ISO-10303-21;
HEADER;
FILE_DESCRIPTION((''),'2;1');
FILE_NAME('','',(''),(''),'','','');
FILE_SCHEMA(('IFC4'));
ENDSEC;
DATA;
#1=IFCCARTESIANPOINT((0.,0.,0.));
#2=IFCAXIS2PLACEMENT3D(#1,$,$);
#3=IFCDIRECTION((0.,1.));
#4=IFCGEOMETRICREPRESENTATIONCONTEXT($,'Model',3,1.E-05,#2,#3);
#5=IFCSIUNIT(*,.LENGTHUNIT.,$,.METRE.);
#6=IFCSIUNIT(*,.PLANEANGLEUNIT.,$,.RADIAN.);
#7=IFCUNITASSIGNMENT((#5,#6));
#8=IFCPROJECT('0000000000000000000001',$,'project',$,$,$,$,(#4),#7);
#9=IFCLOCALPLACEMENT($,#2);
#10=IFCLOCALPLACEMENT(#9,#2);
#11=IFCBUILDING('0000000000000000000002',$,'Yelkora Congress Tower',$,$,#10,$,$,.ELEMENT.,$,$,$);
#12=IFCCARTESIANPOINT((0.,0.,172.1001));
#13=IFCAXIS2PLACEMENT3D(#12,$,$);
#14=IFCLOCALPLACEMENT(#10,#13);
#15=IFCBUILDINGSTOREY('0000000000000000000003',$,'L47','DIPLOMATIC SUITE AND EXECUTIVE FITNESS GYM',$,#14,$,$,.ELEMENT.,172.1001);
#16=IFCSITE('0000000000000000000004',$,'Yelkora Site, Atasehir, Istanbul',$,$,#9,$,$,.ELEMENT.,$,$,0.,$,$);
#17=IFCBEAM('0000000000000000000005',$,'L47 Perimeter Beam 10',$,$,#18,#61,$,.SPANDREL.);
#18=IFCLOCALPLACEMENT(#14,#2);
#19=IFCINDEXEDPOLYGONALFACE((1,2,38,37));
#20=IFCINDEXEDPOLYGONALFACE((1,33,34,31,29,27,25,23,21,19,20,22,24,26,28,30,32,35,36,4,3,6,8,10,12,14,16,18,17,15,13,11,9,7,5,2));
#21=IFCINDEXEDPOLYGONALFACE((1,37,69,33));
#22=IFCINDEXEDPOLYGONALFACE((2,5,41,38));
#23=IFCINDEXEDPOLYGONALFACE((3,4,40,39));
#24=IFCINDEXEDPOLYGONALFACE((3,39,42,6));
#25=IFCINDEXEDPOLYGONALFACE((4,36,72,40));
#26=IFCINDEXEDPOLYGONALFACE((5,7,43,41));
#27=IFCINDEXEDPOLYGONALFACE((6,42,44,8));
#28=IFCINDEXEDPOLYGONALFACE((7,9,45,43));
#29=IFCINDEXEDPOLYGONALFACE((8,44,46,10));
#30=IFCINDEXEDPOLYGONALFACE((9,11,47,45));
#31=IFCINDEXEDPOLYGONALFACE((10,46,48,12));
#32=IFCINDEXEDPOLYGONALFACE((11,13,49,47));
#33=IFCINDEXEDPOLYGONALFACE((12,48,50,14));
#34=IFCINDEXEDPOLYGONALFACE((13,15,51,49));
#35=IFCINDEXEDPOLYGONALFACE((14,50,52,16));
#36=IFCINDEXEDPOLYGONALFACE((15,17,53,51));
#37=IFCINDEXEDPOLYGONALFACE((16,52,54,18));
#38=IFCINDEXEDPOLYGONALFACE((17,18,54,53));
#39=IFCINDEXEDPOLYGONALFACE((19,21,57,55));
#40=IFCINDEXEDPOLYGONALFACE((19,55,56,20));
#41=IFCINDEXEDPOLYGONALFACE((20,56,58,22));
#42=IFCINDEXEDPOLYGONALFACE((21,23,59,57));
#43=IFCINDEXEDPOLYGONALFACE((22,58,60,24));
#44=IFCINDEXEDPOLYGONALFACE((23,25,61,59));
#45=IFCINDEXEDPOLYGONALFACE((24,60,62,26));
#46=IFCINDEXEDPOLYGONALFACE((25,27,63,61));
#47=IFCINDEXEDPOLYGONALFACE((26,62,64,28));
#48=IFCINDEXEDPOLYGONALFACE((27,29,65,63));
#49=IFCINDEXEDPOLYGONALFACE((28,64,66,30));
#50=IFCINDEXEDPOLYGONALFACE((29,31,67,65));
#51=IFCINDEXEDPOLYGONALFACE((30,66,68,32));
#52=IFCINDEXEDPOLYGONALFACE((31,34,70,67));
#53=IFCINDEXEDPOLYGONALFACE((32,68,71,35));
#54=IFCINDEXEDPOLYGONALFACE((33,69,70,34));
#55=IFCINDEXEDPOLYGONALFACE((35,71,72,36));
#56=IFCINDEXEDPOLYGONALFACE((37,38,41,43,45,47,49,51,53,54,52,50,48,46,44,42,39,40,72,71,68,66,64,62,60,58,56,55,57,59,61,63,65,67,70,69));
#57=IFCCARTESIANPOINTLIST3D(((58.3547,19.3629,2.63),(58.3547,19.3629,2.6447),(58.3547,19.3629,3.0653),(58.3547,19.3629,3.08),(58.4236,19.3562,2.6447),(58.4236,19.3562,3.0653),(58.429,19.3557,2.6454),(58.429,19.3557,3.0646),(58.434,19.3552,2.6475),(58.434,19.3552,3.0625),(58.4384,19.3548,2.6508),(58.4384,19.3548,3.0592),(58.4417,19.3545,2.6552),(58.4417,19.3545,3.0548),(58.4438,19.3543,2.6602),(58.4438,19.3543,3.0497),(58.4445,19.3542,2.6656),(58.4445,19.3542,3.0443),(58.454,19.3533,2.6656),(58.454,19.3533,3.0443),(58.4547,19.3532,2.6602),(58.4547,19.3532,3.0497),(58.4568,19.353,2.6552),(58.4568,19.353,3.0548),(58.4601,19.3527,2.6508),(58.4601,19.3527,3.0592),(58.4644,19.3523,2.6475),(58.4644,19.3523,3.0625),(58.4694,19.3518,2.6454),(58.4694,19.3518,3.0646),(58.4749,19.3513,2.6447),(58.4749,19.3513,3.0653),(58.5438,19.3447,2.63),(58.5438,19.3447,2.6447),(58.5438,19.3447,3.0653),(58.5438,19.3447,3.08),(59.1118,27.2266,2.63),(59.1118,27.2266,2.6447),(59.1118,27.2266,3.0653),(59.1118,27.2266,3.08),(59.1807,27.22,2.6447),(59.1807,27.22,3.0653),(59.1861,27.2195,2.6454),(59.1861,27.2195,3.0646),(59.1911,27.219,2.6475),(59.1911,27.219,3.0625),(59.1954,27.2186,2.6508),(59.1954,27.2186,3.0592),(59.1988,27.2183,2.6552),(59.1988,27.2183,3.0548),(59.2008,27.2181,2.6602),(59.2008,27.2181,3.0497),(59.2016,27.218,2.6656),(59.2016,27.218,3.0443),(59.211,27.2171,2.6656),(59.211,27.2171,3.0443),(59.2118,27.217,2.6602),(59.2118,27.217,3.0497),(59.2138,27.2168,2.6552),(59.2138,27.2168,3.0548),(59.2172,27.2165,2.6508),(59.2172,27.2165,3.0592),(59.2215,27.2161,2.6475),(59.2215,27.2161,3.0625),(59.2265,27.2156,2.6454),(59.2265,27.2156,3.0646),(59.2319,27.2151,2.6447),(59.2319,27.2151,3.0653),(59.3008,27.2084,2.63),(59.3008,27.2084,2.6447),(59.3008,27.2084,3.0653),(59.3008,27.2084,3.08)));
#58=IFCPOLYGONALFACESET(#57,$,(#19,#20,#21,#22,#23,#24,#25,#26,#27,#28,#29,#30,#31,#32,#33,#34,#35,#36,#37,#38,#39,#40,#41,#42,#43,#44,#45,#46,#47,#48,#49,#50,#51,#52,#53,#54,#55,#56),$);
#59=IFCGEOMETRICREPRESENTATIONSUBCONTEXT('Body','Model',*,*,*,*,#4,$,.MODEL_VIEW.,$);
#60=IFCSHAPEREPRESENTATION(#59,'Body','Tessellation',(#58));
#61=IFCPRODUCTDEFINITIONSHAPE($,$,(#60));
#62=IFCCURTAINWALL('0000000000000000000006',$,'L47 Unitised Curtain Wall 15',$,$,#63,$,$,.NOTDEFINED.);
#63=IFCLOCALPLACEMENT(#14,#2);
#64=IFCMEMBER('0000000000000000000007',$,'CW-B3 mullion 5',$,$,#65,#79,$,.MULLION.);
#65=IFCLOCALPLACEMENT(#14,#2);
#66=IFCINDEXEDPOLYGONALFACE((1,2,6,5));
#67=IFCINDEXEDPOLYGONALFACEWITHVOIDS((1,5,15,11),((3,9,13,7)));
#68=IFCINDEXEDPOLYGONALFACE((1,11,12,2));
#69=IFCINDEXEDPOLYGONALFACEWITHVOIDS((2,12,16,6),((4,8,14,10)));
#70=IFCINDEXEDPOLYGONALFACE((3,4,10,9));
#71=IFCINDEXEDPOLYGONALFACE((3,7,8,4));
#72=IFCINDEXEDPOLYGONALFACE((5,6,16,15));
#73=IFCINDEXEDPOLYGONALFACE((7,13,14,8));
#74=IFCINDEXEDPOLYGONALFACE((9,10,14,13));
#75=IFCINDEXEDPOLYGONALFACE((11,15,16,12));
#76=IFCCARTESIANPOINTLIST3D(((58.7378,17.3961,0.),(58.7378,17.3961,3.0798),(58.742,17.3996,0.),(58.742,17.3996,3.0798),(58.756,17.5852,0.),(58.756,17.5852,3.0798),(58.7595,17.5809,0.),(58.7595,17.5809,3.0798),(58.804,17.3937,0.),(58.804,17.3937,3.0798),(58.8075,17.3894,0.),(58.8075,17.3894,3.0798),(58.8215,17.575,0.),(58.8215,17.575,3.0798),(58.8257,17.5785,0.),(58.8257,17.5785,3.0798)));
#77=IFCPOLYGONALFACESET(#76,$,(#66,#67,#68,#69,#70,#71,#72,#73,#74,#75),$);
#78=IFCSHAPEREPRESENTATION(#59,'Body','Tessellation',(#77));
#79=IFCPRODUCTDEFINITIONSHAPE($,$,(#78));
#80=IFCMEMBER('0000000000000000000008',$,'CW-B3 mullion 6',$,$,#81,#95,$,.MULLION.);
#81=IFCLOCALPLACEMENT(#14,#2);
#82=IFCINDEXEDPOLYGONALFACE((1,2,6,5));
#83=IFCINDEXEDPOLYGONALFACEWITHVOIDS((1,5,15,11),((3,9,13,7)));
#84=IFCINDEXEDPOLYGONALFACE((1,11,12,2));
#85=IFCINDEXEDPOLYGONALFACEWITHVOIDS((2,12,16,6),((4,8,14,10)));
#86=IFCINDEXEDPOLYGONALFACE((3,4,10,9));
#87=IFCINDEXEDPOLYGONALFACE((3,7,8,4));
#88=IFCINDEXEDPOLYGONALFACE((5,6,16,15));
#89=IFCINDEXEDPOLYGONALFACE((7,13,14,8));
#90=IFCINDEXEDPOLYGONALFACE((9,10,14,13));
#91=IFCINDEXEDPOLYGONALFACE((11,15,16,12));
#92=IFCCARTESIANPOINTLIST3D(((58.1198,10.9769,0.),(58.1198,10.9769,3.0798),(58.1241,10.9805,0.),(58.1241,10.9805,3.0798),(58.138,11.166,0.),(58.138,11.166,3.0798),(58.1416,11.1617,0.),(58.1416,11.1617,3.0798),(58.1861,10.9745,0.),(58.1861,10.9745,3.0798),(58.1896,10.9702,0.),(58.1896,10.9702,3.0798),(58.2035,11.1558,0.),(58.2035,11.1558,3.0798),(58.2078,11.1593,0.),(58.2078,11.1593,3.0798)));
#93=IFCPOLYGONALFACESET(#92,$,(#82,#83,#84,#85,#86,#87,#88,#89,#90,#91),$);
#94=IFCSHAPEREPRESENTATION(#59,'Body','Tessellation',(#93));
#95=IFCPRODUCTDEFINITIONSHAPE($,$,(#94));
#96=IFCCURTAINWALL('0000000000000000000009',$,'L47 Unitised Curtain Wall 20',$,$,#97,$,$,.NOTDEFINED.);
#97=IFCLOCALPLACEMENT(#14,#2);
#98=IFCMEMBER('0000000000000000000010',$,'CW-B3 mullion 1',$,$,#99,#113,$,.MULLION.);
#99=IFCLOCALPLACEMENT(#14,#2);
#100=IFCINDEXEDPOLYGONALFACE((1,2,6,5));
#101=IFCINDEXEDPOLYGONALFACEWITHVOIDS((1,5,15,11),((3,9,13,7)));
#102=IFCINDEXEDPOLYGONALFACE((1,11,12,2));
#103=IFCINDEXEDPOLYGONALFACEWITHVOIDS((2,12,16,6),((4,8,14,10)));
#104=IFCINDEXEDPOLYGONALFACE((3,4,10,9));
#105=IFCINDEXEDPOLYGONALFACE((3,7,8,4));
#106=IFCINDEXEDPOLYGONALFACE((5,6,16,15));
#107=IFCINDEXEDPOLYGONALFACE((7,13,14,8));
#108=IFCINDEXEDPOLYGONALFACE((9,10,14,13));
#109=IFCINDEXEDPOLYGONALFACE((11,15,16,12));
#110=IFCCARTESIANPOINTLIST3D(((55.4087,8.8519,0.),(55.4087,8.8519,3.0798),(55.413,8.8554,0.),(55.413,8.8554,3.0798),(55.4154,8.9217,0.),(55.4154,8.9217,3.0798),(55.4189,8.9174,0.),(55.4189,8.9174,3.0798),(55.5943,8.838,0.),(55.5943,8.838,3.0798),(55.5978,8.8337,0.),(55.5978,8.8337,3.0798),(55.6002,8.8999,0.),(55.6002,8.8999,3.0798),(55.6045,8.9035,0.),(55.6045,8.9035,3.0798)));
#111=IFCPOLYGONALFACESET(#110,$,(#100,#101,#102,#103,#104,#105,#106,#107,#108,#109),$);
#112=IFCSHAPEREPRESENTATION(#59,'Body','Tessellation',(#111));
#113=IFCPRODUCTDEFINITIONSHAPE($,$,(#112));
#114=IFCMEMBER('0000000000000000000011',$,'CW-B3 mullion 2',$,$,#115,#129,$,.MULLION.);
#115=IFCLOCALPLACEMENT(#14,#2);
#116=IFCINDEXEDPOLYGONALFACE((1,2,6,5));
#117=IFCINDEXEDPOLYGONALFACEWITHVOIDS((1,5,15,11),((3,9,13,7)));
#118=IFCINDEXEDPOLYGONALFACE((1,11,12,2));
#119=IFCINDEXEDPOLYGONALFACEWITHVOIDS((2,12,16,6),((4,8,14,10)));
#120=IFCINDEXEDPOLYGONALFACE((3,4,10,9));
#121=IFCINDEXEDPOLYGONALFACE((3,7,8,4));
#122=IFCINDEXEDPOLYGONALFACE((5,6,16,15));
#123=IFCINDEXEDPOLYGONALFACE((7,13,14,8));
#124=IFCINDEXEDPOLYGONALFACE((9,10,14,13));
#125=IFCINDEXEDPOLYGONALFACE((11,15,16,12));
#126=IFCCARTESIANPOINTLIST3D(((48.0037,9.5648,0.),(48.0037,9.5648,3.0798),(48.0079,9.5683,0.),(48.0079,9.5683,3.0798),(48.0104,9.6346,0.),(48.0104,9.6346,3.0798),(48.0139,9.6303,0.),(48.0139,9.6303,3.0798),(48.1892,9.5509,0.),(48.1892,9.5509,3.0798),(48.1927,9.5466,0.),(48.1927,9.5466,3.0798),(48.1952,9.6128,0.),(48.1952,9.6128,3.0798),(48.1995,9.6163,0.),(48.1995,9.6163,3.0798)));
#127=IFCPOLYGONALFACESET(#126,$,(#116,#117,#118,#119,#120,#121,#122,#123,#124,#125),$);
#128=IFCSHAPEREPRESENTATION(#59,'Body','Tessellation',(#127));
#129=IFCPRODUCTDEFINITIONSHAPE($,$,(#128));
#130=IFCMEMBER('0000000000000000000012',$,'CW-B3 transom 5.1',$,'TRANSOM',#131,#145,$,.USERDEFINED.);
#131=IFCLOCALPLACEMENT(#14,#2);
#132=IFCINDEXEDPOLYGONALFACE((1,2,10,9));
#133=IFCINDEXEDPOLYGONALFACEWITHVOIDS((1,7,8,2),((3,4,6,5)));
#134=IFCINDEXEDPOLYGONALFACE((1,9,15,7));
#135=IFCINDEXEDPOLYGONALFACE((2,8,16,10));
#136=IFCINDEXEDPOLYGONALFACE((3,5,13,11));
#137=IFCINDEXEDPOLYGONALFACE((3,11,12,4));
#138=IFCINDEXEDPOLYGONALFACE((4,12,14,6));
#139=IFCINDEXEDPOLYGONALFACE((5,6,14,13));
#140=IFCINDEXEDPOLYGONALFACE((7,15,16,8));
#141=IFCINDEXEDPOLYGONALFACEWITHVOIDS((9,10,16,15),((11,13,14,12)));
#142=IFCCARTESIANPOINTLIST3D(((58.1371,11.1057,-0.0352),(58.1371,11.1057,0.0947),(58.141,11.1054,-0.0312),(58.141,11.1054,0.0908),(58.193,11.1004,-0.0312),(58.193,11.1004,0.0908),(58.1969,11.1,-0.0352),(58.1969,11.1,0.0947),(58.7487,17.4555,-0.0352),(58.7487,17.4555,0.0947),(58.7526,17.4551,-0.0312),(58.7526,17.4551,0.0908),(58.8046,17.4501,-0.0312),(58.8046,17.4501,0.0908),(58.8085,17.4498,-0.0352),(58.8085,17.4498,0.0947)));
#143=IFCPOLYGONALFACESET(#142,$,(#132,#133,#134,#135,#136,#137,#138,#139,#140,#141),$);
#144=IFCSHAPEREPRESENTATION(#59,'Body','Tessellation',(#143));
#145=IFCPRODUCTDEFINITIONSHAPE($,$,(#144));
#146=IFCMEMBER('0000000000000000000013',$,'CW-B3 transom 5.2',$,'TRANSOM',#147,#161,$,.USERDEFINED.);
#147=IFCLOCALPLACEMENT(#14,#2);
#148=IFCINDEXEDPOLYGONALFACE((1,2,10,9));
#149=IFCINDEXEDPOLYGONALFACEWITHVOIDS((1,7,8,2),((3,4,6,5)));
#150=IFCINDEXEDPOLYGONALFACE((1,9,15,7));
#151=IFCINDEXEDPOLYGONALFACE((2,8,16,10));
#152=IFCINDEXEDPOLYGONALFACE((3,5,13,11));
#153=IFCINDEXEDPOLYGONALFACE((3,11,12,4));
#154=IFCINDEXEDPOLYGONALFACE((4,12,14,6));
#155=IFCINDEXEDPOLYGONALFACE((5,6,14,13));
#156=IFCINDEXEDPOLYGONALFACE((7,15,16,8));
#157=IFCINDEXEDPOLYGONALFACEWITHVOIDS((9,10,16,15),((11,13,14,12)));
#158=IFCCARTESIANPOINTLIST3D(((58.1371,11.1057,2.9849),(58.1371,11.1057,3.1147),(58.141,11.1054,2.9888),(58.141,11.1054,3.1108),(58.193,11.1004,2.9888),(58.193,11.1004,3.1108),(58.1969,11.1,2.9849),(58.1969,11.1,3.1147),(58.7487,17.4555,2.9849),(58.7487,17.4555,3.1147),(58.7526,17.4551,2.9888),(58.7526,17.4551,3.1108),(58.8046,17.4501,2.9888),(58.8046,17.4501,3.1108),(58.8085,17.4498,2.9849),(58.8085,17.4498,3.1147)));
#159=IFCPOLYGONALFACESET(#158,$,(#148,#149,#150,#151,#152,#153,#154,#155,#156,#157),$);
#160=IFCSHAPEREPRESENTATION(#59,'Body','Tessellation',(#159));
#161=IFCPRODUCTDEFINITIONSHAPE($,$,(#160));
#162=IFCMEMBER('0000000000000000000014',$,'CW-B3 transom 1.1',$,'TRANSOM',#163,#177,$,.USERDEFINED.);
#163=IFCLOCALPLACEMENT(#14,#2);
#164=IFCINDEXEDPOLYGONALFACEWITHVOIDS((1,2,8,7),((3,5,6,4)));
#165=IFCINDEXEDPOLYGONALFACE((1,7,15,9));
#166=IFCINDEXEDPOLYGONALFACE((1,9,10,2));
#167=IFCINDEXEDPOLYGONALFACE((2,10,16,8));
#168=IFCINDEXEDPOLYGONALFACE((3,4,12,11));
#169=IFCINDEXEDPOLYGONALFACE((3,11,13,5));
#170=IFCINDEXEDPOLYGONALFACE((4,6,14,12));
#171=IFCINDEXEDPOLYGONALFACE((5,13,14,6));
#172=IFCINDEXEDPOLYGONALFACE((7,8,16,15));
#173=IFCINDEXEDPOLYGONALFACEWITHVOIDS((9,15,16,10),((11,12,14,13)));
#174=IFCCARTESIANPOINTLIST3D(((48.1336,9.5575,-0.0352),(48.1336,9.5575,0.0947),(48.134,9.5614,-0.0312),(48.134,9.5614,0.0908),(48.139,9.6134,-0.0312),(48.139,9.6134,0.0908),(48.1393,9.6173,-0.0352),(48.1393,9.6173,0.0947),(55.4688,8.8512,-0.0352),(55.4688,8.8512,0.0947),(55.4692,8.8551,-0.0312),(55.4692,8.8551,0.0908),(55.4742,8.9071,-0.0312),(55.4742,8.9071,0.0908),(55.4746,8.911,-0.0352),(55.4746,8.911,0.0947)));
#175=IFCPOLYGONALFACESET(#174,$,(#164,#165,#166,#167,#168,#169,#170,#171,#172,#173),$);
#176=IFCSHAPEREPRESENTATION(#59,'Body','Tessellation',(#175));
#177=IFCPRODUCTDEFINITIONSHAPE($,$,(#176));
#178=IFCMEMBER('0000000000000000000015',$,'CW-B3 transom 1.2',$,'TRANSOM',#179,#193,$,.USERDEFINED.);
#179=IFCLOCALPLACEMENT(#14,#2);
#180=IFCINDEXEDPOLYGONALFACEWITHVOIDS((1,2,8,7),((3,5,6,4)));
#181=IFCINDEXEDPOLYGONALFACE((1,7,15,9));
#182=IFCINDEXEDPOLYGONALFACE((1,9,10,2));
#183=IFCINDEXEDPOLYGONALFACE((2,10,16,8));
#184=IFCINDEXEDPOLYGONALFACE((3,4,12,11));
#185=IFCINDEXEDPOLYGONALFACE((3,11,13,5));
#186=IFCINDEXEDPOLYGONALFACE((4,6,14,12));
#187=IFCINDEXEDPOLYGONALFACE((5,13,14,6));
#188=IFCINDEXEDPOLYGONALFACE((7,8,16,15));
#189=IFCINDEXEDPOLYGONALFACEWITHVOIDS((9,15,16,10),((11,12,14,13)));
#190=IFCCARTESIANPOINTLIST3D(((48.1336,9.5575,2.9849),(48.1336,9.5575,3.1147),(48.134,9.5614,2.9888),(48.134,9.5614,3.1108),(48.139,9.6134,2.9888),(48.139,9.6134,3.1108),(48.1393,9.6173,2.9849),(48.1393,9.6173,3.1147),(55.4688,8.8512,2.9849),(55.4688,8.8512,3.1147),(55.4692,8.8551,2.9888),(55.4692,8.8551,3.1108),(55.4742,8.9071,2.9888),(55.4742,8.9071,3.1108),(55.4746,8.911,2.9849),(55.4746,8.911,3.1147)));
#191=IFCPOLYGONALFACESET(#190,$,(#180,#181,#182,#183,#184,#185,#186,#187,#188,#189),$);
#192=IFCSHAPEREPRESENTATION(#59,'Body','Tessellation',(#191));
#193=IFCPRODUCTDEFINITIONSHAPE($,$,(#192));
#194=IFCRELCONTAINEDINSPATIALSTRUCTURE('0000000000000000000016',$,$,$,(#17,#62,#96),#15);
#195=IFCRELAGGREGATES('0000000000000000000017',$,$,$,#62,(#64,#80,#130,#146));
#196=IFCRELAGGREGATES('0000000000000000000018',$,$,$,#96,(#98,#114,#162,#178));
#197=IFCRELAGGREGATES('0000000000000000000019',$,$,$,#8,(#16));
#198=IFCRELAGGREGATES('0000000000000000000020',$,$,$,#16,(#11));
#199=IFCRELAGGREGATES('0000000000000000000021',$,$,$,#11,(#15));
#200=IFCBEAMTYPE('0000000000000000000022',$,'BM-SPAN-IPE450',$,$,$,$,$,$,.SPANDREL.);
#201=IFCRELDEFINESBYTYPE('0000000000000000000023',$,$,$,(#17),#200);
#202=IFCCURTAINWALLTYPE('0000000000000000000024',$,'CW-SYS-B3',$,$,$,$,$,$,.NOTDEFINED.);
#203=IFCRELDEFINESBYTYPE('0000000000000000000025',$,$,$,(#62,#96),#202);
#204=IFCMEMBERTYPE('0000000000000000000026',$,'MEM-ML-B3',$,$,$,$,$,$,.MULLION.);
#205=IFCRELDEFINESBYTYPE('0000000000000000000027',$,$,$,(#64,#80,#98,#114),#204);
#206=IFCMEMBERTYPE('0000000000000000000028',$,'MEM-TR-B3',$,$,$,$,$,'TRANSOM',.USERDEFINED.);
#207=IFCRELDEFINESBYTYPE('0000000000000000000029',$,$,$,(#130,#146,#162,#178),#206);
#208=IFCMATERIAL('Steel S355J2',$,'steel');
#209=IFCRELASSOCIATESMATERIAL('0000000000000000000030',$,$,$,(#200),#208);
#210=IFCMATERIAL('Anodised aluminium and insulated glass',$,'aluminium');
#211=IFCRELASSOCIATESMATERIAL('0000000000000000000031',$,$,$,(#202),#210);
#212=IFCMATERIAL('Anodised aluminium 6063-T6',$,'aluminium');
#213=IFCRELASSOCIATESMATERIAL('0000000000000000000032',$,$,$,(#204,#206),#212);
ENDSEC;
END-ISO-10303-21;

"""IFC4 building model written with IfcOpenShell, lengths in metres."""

from ifc_helpers import new_model, si_unit, direction, frame, origin, origin_2d, place, context, subcontext, project, spatial, hollow_rectangle, i_section, extrude, material, material_profile, profile_set, type_object, element, aggregate, save


model = new_model("IFC4")

# Units and contexts
model_context = context("Model", 3, precision=1e-05, world=origin(), true_north=direction((0.0, 1.0)))
body_context = subcontext(model_context, "Body", "Model", "MODEL_VIEW")
ifc_project = project(units=[si_unit("LENGTHUNIT", "METRE"), si_unit("PLANEANGLEUNIT", "RADIAN")], contexts=[model_context])

# Site, building, storey
site_placement = place(None, origin())
site = spatial("IfcSite", under=ifc_project, at=site_placement, Name="Yelkora Site, Atasehir, Istanbul", CompositionType="ELEMENT", RefElevation=0.0)
building_placement = place(site_placement, origin())
building = spatial("IfcBuilding", under=site, at=building_placement, Name="Yelkora Congress Tower", CompositionType="ELEMENT")
storey_placement = place(building_placement, frame((0.0, 0.0, 172.1001)))
storey = spatial("IfcBuildingStorey", under=building, at=storey_placement, Name="L47", Description="DIPLOMATIC SUITE AND EXECUTIVE FITNESS GYM", CompositionType="ELEMENT", Elevation=172.1001)

# Beam
ifc_material_1 = material(Name="Steel S355J2", Category="steel")
ifc_material_profile_1 = material_profile(ifc_material_1, i_section(OverallWidth=0.1899, OverallDepth=0.45, WebThickness=0.0095, FlangeThickness=0.0146, FilletRadius=0.021, at=origin_2d()), Name="IPE 450")
ifc_profile_set_1 = profile_set([ifc_material_profile_1], Name="Steel S355J2")
beam_type_1 = type_object("IfcBeamType", Name="BM-SPAN-IPE450", PredefinedType="SPANDREL", material=ifc_profile_set_1)
beam_1_placement = place(storey_placement, frame((58.4492, 19.3538, 2.855), z_axis=(0.095831, 0.995398, 0.0), x_axis=(-0.995398, 0.095831, 0.0)))
element("IfcBeam", 1, at=beam_1_placement, inside=storey, type_object=beam_type_1, Name="L47 Perimeter Beam 10", PredefinedType="SPANDREL", context=body_context, shape_type="SweptSolid", body=[
    extrude(i_section(OverallWidth=0.1899, OverallDepth=0.45, WebThickness=0.0095, FlangeThickness=0.0146, FilletRadius=0.021, at=origin_2d()), origin(), (0.0, 0.0, 1.0), 7.9001),
])

# Curtain walls, members
ifc_material_2 = material(Name="Anodised aluminium and insulated glass", Category="aluminium")
curtain_wall_type = type_object("IfcCurtainWallType", Name="CW-SYS-B3", PredefinedType="NOTDEFINED", material=ifc_material_2)
curtain_wall_1_placement = place(storey_placement, origin())
curtain_wall_1 = element("IfcCurtainWall", 2, at=curtain_wall_1_placement, inside=storey, type_object=curtain_wall_type, Name="L47 Unitised Curtain Wall 15", PredefinedType="NOTDEFINED")
ifc_material_3 = material(Name="Anodised aluminium 6063-T6", Category="aluminium")
ifc_material_profile_2 = material_profile(ifc_material_3, hollow_rectangle(XDim=0.0701, YDim=0.1899, WallThickness=0.0039, at=origin_2d()), Name="ALU 70x190x4")
ifc_profile_set_2 = profile_set([ifc_material_profile_2], Name="Anodised aluminium 6063-T6")
member_type_1 = type_object("IfcMemberType", Name="MEM-ML-B3", PredefinedType="MULLION", material=ifc_profile_set_2)
member_1_placement = place(storey_placement, frame((58.7817, 17.4873, 0.0), z_axis=(0.0, 0.0, 1.0), x_axis=(0.995397, -0.095842, 0.0)))
member_1 = element("IfcMember", 3, at=member_1_placement, type_object=member_type_1, Name="CW-B3 mullion 5", PredefinedType="MULLION", context=body_context, shape_type="SweptSolid", body=[
    extrude(hollow_rectangle(XDim=0.0701, YDim=0.1899, WallThickness=0.0039, at=origin_2d()), origin(), (0.0, 0.0, 1.0), 3.0798),
])
member_2_placement = place(storey_placement, frame((58.1638, 11.0681, 0.0), z_axis=(0.0, 0.0, 1.0), x_axis=(0.995397, -0.095842, 0.0)))
member_2 = element("IfcMember", 4, at=member_2_placement, type_object=member_type_1, Name="CW-B3 mullion 6", PredefinedType="MULLION", context=body_context, shape_type="SweptSolid", body=[
    extrude(hollow_rectangle(XDim=0.0701, YDim=0.1899, WallThickness=0.0039, at=origin_2d()), origin(), (0.0, 0.0, 1.0), 3.0798),
])
curtain_wall_2_placement = place(storey_placement, origin())
curtain_wall_2 = element("IfcCurtainWall", 5, at=curtain_wall_2_placement, inside=storey, type_object=curtain_wall_type, Name="L47 Unitised Curtain Wall 20", PredefinedType="NOTDEFINED")
member_3_placement = place(storey_placement, frame((55.5066, 8.8777, 0.0), z_axis=(0.0, 0.0, 1.0), x_axis=(-0.095845, -0.995396, 0.0)))
member_3 = element("IfcMember", 6, at=member_3_placement, type_object=member_type_1, Name="CW-B3 mullion 1", PredefinedType="MULLION", context=body_context, shape_type="SweptSolid", body=[
    extrude(hollow_rectangle(XDim=0.0701, YDim=0.1899, WallThickness=0.0039, at=origin_2d()), origin(), (0.0, 0.0, 1.0), 3.0798),
])
member_4_placement = place(storey_placement, frame((48.1016, 9.5906, 0.0), z_axis=(0.0, 0.0, 1.0), x_axis=(-0.095845, -0.995396, 0.0)))
member_4 = element("IfcMember", 7, at=member_4_placement, type_object=member_type_1, Name="CW-B3 mullion 2", PredefinedType="MULLION", context=body_context, shape_type="SweptSolid", body=[
    extrude(hollow_rectangle(XDim=0.0701, YDim=0.1899, WallThickness=0.0039, at=origin_2d()), origin(), (0.0, 0.0, 1.0), 3.0798),
])

# Members
ifc_material_profile_3 = material_profile(ifc_material_3, hollow_rectangle(XDim=0.0601, YDim=0.1299, WallThickness=0.0039, at=origin_2d()), Name="ALU 60x130x4")
ifc_profile_set_3 = profile_set([ifc_material_profile_3], Name="Anodised aluminium 6063-T6")
member_type_2 = type_object("IfcMemberType", Name="MEM-TR-B3", ElementType="TRANSOM", PredefinedType="USERDEFINED", material=ifc_profile_set_3)
member_5_placement = place(storey_placement, frame((58.7786, 17.4526, 0.0298), z_axis=(-0.095869, -0.995394, 0.0), x_axis=(0.995394, -0.095869, 0.0)))
member_5 = element("IfcMember", 8, at=member_5_placement, type_object=member_type_2, Name="CW-B3 transom 5.1", ObjectType="TRANSOM", PredefinedType="USERDEFINED", context=body_context, shape_type="SweptSolid", body=[
    extrude(hollow_rectangle(XDim=0.0601, YDim=0.1299, WallThickness=0.0039, at=origin_2d()), origin(), (0.0, 0.0, 1.0), 6.3792),
])
member_6_placement = place(storey_placement, frame((58.7786, 17.4526, 3.0498), z_axis=(-0.095869, -0.995394, 0.0), x_axis=(0.995394, -0.095869, 0.0)))
member_6 = element("IfcMember", 9, at=member_6_placement, type_object=member_type_2, Name="CW-B3 transom 5.2", ObjectType="TRANSOM", PredefinedType="USERDEFINED", context=body_context, shape_type="SweptSolid", body=[
    extrude(hollow_rectangle(XDim=0.0601, YDim=0.1299, WallThickness=0.0039, at=origin_2d()), origin(), (0.0, 0.0, 1.0), 6.3792),
])
member_7_placement = place(storey_placement, frame((55.4717, 8.8811, 0.0298), z_axis=(-0.995396, 0.095846, 0.0), x_axis=(-0.095846, -0.995396, 0.0)))
member_7 = element("IfcMember", 10, at=member_7_placement, type_object=member_type_2, Name="CW-B3 transom 1.1", ObjectType="TRANSOM", PredefinedType="USERDEFINED", context=body_context, shape_type="SweptSolid", body=[
    extrude(hollow_rectangle(XDim=0.0601, YDim=0.1299, WallThickness=0.0039, at=origin_2d()), origin(), (0.0, 0.0, 1.0), 7.3691),
])
member_8_placement = place(storey_placement, frame((55.4717, 8.8811, 3.0498), z_axis=(-0.995396, 0.095846, 0.0), x_axis=(-0.095846, -0.995396, 0.0)))
member_8 = element("IfcMember", 11, at=member_8_placement, type_object=member_type_2, Name="CW-B3 transom 1.2", ObjectType="TRANSOM", PredefinedType="USERDEFINED", context=body_context, shape_type="SweptSolid", body=[
    extrude(hollow_rectangle(XDim=0.0601, YDim=0.1299, WallThickness=0.0039, at=origin_2d()), origin(), (0.0, 0.0, 1.0), 7.3691),
])

aggregate(curtain_wall_1, [member_1, member_2, member_5, member_6])
aggregate(curtain_wall_2, [member_3, member_4, member_7, member_8])

save(model, "model.ifc")
